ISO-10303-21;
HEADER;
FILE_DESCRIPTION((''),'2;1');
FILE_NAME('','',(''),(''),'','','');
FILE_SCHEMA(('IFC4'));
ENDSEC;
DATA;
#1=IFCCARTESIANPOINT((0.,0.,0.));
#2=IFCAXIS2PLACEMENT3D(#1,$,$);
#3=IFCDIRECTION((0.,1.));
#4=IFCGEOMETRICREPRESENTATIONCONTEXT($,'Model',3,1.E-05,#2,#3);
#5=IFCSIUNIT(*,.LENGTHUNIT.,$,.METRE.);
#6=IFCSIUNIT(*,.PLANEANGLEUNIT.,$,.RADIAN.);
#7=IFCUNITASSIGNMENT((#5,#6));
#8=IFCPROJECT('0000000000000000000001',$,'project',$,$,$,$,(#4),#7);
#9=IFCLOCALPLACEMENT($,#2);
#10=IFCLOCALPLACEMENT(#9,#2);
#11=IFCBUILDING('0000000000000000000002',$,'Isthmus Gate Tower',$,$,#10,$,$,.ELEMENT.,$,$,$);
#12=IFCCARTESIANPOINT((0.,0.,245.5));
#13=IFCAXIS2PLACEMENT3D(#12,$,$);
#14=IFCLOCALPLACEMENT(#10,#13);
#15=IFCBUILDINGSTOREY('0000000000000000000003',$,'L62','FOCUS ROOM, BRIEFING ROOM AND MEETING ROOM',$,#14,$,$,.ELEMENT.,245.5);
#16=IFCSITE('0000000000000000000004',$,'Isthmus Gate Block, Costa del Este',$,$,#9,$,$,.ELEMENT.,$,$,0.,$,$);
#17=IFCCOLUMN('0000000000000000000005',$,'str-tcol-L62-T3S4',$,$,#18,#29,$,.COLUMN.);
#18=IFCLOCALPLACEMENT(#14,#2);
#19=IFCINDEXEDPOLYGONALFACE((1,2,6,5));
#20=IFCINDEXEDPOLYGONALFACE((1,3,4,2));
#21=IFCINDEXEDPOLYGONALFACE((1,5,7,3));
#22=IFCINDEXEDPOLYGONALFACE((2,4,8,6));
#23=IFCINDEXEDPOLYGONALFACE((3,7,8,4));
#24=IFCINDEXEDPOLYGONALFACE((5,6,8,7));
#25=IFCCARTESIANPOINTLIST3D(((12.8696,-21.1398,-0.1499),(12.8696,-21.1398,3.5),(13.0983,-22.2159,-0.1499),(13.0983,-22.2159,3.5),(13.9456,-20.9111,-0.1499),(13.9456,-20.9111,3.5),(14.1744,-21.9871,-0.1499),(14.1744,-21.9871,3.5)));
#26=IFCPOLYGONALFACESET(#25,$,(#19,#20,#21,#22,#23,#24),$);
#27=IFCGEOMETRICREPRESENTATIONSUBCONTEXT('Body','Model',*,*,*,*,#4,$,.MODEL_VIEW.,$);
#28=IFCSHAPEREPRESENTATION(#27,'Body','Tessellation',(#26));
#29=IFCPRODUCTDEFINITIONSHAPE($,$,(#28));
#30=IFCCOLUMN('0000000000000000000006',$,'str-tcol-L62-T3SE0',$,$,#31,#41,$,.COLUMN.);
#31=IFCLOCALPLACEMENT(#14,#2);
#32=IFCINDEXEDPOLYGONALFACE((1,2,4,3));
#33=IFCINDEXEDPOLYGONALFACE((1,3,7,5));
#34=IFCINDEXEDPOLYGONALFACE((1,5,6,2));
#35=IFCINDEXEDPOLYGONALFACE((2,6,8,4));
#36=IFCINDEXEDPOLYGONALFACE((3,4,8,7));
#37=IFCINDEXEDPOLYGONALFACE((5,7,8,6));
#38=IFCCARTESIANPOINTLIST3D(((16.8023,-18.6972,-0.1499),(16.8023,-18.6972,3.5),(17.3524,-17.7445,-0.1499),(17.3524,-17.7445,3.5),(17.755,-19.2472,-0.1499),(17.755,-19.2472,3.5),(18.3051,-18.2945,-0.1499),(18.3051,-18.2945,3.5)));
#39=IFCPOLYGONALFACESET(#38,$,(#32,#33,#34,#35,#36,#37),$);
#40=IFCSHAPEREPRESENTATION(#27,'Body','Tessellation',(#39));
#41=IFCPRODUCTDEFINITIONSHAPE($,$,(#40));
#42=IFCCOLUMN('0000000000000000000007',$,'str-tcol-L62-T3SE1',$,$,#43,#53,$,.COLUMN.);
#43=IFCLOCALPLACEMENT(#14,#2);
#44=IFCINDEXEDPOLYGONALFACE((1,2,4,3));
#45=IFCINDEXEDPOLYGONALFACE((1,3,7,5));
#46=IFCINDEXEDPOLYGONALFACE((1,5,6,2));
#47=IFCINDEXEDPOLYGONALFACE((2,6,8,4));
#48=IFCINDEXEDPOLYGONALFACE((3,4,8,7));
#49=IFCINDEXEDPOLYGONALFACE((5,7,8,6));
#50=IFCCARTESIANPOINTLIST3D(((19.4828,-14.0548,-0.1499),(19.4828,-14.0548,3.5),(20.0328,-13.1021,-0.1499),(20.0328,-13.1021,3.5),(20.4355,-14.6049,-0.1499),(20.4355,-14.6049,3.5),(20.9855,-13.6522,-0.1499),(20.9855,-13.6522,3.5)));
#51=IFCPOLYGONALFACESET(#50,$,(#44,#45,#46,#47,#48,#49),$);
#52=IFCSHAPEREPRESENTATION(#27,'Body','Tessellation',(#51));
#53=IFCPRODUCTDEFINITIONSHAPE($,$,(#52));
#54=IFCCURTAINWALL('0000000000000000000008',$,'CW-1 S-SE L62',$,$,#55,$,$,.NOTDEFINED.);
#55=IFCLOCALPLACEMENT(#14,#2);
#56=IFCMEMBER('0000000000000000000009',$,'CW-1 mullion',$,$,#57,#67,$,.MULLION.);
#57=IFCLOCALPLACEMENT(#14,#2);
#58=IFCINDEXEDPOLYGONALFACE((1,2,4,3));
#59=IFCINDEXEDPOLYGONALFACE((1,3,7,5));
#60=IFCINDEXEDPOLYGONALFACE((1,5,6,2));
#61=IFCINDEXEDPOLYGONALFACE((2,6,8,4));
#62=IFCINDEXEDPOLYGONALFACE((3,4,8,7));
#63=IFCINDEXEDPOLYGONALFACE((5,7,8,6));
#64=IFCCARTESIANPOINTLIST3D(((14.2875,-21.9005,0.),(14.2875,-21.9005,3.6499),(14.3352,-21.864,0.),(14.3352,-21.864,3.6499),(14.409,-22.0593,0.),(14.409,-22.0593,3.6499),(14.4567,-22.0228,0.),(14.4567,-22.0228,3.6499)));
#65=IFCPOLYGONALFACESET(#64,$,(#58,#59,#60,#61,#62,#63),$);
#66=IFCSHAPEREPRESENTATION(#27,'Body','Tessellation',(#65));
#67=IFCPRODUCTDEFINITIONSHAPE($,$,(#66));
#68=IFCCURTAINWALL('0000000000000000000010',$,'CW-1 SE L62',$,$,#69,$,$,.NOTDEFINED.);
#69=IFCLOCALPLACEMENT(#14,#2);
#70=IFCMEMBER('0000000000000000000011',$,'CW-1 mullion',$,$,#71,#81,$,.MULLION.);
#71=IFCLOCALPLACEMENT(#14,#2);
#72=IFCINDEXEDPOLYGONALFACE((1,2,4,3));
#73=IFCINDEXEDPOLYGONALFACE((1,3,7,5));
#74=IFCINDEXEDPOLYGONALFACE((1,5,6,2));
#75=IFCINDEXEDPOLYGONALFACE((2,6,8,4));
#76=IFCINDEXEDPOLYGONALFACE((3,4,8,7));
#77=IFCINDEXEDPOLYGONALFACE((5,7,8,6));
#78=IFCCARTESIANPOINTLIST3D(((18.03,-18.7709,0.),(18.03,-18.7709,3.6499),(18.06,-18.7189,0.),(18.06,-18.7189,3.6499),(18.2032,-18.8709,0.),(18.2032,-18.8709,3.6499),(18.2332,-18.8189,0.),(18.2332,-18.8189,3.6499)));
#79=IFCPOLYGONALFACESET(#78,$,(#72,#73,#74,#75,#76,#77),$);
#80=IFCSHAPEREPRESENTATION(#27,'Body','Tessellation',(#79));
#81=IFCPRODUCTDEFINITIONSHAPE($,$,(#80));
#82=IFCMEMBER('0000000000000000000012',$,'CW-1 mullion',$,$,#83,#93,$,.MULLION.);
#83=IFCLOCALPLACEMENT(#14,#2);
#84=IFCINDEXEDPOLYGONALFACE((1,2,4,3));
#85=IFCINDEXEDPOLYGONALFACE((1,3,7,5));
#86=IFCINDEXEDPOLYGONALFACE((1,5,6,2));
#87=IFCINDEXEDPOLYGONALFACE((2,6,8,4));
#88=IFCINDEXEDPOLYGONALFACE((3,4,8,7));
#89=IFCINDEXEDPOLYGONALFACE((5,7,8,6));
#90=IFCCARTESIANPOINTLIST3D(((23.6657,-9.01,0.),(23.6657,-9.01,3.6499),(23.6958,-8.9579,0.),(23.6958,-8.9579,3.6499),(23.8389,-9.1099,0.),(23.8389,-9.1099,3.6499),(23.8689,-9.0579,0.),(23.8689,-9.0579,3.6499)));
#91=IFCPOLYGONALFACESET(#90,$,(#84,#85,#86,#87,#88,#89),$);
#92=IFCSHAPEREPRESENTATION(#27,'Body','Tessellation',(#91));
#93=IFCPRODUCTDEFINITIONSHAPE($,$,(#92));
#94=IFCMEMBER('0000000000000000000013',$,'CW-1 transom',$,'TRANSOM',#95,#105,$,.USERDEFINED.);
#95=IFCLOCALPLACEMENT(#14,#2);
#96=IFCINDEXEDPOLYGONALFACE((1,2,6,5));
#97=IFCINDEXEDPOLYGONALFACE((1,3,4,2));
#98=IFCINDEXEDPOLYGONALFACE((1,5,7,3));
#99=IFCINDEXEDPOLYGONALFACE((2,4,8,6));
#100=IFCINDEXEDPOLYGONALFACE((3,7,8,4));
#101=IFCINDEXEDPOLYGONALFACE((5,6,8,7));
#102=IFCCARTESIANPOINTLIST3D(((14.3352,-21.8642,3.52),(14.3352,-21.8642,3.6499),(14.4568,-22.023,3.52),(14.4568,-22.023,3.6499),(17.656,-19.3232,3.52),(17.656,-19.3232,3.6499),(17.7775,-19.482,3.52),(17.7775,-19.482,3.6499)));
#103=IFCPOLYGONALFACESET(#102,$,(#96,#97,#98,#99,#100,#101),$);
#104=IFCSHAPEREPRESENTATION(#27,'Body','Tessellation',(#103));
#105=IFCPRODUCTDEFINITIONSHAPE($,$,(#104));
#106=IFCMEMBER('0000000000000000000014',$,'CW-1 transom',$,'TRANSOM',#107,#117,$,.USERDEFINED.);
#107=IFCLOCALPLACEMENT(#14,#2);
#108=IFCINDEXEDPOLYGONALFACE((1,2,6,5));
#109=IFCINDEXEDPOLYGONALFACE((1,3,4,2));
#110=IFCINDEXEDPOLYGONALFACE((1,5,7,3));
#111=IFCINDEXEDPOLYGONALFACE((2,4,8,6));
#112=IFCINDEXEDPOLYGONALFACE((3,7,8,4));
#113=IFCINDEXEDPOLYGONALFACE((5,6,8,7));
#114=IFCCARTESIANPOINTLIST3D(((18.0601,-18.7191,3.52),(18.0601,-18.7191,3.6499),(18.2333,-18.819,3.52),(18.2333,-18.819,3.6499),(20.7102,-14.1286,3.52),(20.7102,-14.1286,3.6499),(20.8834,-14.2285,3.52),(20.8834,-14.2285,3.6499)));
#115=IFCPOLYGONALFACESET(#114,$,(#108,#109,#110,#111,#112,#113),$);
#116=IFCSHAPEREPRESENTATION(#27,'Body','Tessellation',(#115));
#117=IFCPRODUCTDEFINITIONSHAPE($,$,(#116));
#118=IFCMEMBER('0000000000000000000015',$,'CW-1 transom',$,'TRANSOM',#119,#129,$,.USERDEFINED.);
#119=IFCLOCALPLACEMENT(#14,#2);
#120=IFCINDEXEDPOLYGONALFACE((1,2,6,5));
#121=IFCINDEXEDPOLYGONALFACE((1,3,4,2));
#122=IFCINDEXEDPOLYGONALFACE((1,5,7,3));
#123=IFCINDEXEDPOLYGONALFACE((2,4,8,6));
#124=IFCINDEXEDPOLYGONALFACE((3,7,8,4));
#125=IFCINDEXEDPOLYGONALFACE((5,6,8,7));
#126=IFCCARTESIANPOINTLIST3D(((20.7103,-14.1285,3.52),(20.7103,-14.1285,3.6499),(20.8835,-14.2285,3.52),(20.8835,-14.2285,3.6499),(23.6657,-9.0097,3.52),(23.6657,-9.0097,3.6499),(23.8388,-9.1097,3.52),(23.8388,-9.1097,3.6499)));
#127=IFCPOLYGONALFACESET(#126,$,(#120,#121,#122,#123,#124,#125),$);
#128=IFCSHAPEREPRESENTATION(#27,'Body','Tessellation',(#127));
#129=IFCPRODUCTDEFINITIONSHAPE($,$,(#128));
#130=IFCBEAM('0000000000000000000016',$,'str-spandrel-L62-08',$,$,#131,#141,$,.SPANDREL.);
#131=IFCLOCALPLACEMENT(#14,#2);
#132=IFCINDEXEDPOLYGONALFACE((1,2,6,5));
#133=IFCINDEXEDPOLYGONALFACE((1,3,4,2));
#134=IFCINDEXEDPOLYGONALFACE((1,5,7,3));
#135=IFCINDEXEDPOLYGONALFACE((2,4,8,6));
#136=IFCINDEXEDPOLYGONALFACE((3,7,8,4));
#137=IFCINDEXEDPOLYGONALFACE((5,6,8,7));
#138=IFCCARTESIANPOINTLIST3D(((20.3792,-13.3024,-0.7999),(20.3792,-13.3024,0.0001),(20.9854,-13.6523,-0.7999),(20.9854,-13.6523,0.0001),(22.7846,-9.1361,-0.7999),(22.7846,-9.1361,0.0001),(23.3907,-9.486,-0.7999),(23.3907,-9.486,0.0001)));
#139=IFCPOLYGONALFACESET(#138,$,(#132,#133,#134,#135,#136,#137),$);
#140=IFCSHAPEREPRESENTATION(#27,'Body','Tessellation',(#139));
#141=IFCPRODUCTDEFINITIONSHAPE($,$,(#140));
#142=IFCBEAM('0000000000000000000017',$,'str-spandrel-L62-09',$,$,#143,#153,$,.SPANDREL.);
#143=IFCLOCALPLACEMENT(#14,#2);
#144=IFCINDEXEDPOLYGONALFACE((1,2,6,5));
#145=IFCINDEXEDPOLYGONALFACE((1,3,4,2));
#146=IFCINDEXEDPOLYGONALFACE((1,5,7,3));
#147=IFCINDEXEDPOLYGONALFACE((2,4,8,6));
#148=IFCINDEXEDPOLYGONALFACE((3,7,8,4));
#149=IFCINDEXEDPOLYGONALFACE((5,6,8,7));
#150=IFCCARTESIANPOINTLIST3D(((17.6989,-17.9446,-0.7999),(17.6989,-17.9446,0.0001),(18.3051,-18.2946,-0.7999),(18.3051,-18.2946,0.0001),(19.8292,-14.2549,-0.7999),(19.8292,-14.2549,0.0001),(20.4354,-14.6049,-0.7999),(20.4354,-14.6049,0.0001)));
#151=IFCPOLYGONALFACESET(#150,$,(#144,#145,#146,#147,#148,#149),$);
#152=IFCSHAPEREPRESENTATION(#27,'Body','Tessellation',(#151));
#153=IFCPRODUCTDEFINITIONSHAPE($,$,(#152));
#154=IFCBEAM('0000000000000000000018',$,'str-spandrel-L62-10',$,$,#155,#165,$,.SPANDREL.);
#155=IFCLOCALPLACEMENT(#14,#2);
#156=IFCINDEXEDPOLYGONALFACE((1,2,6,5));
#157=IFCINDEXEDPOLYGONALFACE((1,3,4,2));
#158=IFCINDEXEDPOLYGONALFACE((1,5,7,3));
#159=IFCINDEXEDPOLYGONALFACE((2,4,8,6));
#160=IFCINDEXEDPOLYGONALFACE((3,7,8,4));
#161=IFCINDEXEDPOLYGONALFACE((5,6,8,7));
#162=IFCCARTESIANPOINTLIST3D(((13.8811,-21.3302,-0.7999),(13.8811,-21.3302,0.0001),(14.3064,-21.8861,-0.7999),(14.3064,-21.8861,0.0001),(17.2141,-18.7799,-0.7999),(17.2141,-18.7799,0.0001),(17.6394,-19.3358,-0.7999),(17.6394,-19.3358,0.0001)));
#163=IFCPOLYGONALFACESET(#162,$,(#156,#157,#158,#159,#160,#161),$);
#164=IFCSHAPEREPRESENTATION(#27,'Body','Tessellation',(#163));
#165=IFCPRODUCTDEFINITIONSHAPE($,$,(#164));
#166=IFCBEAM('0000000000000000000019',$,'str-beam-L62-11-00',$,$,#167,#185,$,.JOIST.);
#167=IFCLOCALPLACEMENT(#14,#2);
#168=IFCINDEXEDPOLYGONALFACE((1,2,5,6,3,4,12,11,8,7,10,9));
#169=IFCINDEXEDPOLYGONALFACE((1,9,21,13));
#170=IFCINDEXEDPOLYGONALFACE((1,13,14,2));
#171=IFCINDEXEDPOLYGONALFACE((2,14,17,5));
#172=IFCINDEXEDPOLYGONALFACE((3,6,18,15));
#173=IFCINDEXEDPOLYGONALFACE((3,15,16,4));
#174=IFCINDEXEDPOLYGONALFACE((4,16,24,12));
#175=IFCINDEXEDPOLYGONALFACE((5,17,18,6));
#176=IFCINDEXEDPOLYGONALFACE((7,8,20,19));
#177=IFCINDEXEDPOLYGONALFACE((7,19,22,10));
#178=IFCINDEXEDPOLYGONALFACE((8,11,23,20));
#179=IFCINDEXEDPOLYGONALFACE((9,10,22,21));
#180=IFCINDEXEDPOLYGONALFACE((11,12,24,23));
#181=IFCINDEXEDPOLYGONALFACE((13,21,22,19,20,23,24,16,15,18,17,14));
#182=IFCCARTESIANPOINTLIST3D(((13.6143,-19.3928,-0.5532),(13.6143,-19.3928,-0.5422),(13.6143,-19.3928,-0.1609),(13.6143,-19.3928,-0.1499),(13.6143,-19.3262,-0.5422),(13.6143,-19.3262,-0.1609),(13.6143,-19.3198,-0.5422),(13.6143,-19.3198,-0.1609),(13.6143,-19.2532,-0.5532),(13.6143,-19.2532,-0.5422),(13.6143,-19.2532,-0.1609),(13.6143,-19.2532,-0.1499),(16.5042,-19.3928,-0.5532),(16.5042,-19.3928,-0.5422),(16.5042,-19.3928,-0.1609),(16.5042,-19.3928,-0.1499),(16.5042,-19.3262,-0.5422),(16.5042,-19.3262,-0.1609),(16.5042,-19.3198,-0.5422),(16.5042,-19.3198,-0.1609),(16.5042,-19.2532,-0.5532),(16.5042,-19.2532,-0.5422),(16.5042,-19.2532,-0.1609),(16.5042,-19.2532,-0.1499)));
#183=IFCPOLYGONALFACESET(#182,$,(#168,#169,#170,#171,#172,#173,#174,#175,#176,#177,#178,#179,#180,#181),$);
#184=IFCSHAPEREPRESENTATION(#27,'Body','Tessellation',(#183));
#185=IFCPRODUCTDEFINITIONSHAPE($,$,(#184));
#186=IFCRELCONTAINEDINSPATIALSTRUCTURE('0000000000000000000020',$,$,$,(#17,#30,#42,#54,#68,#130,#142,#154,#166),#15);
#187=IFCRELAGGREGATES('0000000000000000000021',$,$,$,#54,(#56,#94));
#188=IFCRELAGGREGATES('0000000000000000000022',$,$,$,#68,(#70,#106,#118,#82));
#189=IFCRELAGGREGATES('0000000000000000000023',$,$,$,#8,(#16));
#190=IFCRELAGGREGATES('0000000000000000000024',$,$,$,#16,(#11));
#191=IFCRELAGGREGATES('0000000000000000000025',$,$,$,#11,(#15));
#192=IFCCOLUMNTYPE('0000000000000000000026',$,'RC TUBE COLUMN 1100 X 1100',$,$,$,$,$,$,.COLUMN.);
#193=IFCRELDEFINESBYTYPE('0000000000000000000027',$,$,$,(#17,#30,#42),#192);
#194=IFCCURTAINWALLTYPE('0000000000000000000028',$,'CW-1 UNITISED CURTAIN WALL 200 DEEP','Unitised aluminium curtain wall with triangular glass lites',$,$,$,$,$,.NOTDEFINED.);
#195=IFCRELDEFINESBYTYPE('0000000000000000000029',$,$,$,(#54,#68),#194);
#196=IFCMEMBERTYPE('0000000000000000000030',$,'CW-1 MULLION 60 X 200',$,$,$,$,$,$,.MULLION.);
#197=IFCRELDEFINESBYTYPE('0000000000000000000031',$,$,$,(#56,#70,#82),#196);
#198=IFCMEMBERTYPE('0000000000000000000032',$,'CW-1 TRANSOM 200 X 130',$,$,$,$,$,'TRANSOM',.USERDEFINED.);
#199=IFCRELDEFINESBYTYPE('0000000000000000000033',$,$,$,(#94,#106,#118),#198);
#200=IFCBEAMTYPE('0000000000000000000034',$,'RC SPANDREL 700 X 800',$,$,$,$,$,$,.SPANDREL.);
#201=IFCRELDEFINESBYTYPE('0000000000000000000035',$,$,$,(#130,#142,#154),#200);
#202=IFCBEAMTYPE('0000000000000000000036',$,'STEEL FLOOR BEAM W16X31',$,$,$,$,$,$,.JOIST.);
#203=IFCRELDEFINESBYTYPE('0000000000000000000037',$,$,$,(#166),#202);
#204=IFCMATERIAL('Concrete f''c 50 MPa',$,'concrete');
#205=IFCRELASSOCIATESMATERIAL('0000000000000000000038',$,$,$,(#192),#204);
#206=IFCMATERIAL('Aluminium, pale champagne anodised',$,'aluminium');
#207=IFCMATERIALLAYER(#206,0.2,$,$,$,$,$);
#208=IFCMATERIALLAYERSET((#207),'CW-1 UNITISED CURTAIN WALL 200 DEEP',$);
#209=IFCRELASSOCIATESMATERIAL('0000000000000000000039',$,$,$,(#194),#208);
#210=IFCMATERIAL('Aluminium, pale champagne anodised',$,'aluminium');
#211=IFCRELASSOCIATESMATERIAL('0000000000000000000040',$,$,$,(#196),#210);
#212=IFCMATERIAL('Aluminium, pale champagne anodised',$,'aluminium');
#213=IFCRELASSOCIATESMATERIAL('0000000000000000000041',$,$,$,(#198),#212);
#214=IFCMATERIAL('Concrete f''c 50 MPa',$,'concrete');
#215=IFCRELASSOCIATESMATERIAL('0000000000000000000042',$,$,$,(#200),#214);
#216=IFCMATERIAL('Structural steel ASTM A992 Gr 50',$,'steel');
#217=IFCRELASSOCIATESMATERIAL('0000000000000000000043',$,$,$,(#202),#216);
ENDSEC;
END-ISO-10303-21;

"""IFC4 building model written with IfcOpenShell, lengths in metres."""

from ifc_helpers import new_model, si_unit, direction, frame, origin, origin_2d, place, context, subcontext, project, spatial, rectangle, i_section, extrude, material, layer, layer_set, material_profile, profile_set, type_object, element, aggregate, save


model = new_model("IFC4")

# Units and contexts
model_context = context("Model", 3, precision=1e-05, world=origin(), true_north=direction((0.0, 1.0)))
body_context = subcontext(model_context, "Body", "Model", "MODEL_VIEW")
ifc_project = project(units=[si_unit("LENGTHUNIT", "METRE"), si_unit("PLANEANGLEUNIT", "RADIAN")], contexts=[model_context])

# Site, building, storey
site_placement = place(None, origin())
site = spatial("IfcSite", under=ifc_project, at=site_placement, Name="Isthmus Gate Block, Costa del Este", CompositionType="ELEMENT", RefElevation=0.0)
building_placement = place(site_placement, origin())
building = spatial("IfcBuilding", under=site, at=building_placement, Name="Isthmus Gate Tower", CompositionType="ELEMENT")
storey_placement = place(building_placement, frame((0.0, 0.0, 245.5)))
storey = spatial("IfcBuildingStorey", under=building, at=storey_placement, Name="L62", Description="FOCUS ROOM, BRIEFING ROOM AND MEETING ROOM", CompositionType="ELEMENT", Elevation=245.5)

# Columns
ifc_material_1 = material(Name="Concrete f'c 50 MPa", Category="concrete")
ifc_material_profile_1 = material_profile(ifc_material_1, rectangle(XDim=1.1001, YDim=1.1001, at=origin_2d()), Name="RC 1100X1100")
ifc_profile_set_1 = profile_set([ifc_material_profile_1], Name="Concrete f'c 50 MPa")
column_type = type_object("IfcColumnType", Name="RC TUBE COLUMN 1100 X 1100", PredefinedType="COLUMN", material=ifc_profile_set_1)
for number, where, z_axis, x_axis, name in (
    (1, (13.522, -21.5635, -0.1499), (0.0, 0.0, 1.0), (0.978148, 0.207912, 0.0), "str-tcol-L62-T3S4"),
    (2, (17.5537, -18.4958, -0.1499), (0.0, 0.0, 1.0), (0.5, 0.866025, 0.0), "str-tcol-L62-T3SE0"),
    (3, (20.2341, -13.8535, -0.1499), (0.0, 0.0, 1.0), (0.5, 0.866025, 0.0), "str-tcol-L62-T3SE1"),
):
    element("IfcColumn", number, at=place(storey_placement, frame(where, z_axis=z_axis, x_axis=x_axis)), inside=storey, type_object=column_type, Name=name, PredefinedType="COLUMN", context=body_context, shape_type="SweptSolid", body=[
        extrude(rectangle(XDim=1.1001, YDim=1.1001, at=origin_2d()), origin(), (0.0, 0.0, 1.0), 3.6499),
    ])

# Curtain wall, member
ifc_material_2 = material(Name="Aluminium, pale champagne anodised", Category="aluminium")
ifc_layer_1 = layer(ifc_material_2, 0.2)
ifc_layer_set_1 = layer_set([ifc_layer_1], Name="CW-1 UNITISED CURTAIN WALL 200 DEEP")
curtain_wall_type = type_object("IfcCurtainWallType", Name="CW-1 UNITISED CURTAIN WALL 200 DEEP", Description="Unitised aluminium curtain wall with triangular glass lites", PredefinedType="NOTDEFINED", material=ifc_layer_set_1)
curtain_wall_1_placement = place(storey_placement, origin())
curtain_wall_1 = element("IfcCurtainWall", 4, at=curtain_wall_1_placement, inside=storey, type_object=curtain_wall_type, Name="CW-1 S-SE L62", PredefinedType="NOTDEFINED")
ifc_material_3 = material(Name="Aluminium, pale champagne anodised", Category="aluminium")
ifc_material_profile_2 = material_profile(ifc_material_3, rectangle(XDim=0.0601, YDim=0.2, at=origin_2d()), Name="60x200")
ifc_profile_set_2 = profile_set([ifc_material_profile_2], Name="Aluminium, pale champagne anodised")
member_type_1 = type_object("IfcMemberType", Name="CW-1 MULLION 60 X 200", PredefinedType="MULLION", material=ifc_profile_set_2)
member_1_placement = place(storey_placement, frame((14.3721, -21.9617, 0.0), z_axis=(0.0, 0.0, 1.0), x_axis=(0.794189, 0.607671, 0.0)))
member_1 = element("IfcMember", 5, at=member_1_placement, type_object=member_type_1, Name="CW-1 mullion", PredefinedType="MULLION", context=body_context, shape_type="SweptSolid", body=[
    extrude(rectangle(XDim=0.0601, YDim=0.2, at=origin_2d()), origin(), (0.0, 0.0, 1.0), 3.6499),
])

# Curtain wall, members
curtain_wall_2_placement = place(storey_placement, origin())
curtain_wall_2 = element("IfcCurtainWall", 6, at=curtain_wall_2_placement, inside=storey, type_object=curtain_wall_type, Name="CW-1 SE L62", PredefinedType="NOTDEFINED")
member_2_placement = place(storey_placement, frame((18.1316, -18.7949, 0.0), z_axis=(0.0, 0.0, 1.0), x_axis=(0.5, 0.866025, 0.0)))
member_2 = element("IfcMember", 7, at=member_2_placement, type_object=member_type_1, Name="CW-1 mullion", PredefinedType="MULLION", context=body_context, shape_type="SweptSolid", body=[
    extrude(rectangle(XDim=0.0601, YDim=0.2, at=origin_2d()), origin(), (0.0, 0.0, 1.0), 3.6499),
])
member_3_placement = place(storey_placement, frame((23.7673, -9.0339, 0.0), z_axis=(0.0, 0.0, 1.0), x_axis=(0.5, 0.866025, 0.0)))
member_3 = element("IfcMember", 8, at=member_3_placement, type_object=member_type_1, Name="CW-1 mullion", PredefinedType="MULLION", context=body_context, shape_type="SweptSolid", body=[
    extrude(rectangle(XDim=0.0601, YDim=0.2, at=origin_2d()), origin(), (0.0, 0.0, 1.0), 3.6499),
])

# Members
ifc_material_4 = material(Name="Aluminium, pale champagne anodised", Category="aluminium")
ifc_material_profile_3 = material_profile(ifc_material_4, rectangle(XDim=0.2, YDim=0.1299, at=origin_2d()), Name="200x130")
ifc_profile_set_3 = profile_set([ifc_material_profile_3], Name="Aluminium, pale champagne anodised")
member_type_2 = type_object("IfcMemberType", Name="CW-1 TRANSOM 200 X 130", ElementType="TRANSOM", PredefinedType="USERDEFINED", material=ifc_profile_set_3)
member_4_placement = place(storey_placement, frame((14.396, -21.9436, 3.585), z_axis=(0.794175, 0.607688, 0.0), x_axis=(-0.607688, 0.794175, 0.0)))
member_4 = element("IfcMember", 9, at=member_4_placement, type_object=member_type_2, Name="CW-1 transom", ObjectType="TRANSOM", PredefinedType="USERDEFINED", context=body_context, shape_type="SweptSolid", body=[
    extrude(rectangle(XDim=0.2, YDim=0.1299, at=origin_2d()), origin(), (0.0, 0.0, 1.0), 4.1814),
])
member_5_placement = place(storey_placement, frame((18.1467, -18.769, 3.585), z_axis=(0.499968, 0.866044, 0.0), x_axis=(-0.866044, 0.499968, 0.0)))
member_5 = element("IfcMember", 10, at=member_5_placement, type_object=member_type_2, Name="CW-1 transom", ObjectType="TRANSOM", PredefinedType="USERDEFINED", context=body_context, shape_type="SweptSolid", body=[
    extrude(rectangle(XDim=0.2, YDim=0.1299, at=origin_2d()), origin(), (0.0, 0.0, 1.0), 5.3005),
])
member_6_placement = place(storey_placement, frame((20.7969, -14.1785, 3.585), z_axis=(0.500008, 0.86602, 0.0), x_axis=(-0.86602, 0.500008, 0.0)))
member_6 = element("IfcMember", 11, at=member_6_placement, type_object=member_type_2, Name="CW-1 transom", ObjectType="TRANSOM", PredefinedType="USERDEFINED", context=body_context, shape_type="SweptSolid", body=[
    extrude(rectangle(XDim=0.2, YDim=0.1299, at=origin_2d()), origin(), (0.0, 0.0, 1.0), 5.9106),
])

# Beams
ifc_material_5 = material(Name="Concrete f'c 50 MPa", Category="concrete")
ifc_material_profile_4 = material_profile(ifc_material_5, rectangle(XDim=0.7, YDim=0.8, at=origin_2d()), Name="RC 700X800")
ifc_profile_set_4 = profile_set([ifc_material_profile_4], Name="Concrete f'c 50 MPa")
beam_type_1 = type_object("IfcBeamType", Name="RC SPANDREL 700 X 800", PredefinedType="SPANDREL", material=ifc_profile_set_4)
beam_1_placement = place(storey_placement, frame((23.0876, -9.311, -0.3999), z_axis=(-0.499982, -0.866036, 0.0), x_axis=(0.866036, -0.499982, 0.0)))
element("IfcBeam", 12, at=beam_1_placement, inside=storey, type_object=beam_type_1, Name="str-spandrel-L62-08", PredefinedType="SPANDREL", context=body_context, shape_type="SweptSolid", body=[
    extrude(rectangle(XDim=0.7, YDim=0.8, at=origin_2d()), origin(), (0.0, 0.0, 1.0), 4.8108),
])
beam_2_placement = place(storey_placement, frame((20.1323, -14.4299, -0.3999), z_axis=(-0.500022, -0.866013, 0.0), x_axis=(0.866013, -0.500022, 0.0)))
element("IfcBeam", 13, at=beam_2_placement, inside=storey, type_object=beam_type_1, Name="str-spandrel-L62-09", PredefinedType="SPANDREL", context=body_context, shape_type="SweptSolid", body=[
    extrude(rectangle(XDim=0.7, YDim=0.8, at=origin_2d()), origin(), (0.0, 0.0, 1.0), 4.2605),
])
beam_3_placement = place(storey_placement, frame((17.4268, -19.0579, -0.3999), z_axis=(-0.794183, -0.607679, 0.0), x_axis=(0.607679, -0.794183, 0.0)))
element("IfcBeam", 14, at=beam_3_placement, inside=storey, type_object=beam_type_1, Name="str-spandrel-L62-10", PredefinedType="SPANDREL", context=body_context, shape_type="SweptSolid", body=[
    extrude(rectangle(XDim=0.7, YDim=0.8, at=origin_2d()), origin(), (0.0, 0.0, 1.0), 4.1968),
])
ifc_material_6 = material(Name="Structural steel ASTM A992 Gr 50", Category="steel")
ifc_material_profile_5 = material_profile(ifc_material_6, i_section(OverallWidth=0.1396, OverallDepth=0.4033, WebThickness=0.0063, FlangeThickness=0.011, at=origin_2d()), Name="W16X31")
ifc_profile_set_5 = profile_set([ifc_material_profile_5], Name="Structural steel ASTM A992 Gr 50")
beam_type_2 = type_object("IfcBeamType", Name="STEEL FLOOR BEAM W16X31", PredefinedType="JOIST", material=ifc_profile_set_5)
beam_4_placement = place(storey_placement, frame((13.6143, -19.323, -0.3516), z_axis=(1.0, 0.0, 0.0), x_axis=(0.0, 1.0, 0.0)))
element("IfcBeam", 15, at=beam_4_placement, inside=storey, type_object=beam_type_2, Name="str-beam-L62-11-00", PredefinedType="JOIST", context=body_context, shape_type="SweptSolid", body=[
    extrude(i_section(OverallWidth=0.1396, OverallDepth=0.4033, WebThickness=0.0063, FlangeThickness=0.011, at=origin_2d()), origin(), (0.0, 0.0, 1.0), 2.8899),
])

aggregate(curtain_wall_1, [member_1, member_4])
aggregate(curtain_wall_2, [member_2, member_5, member_6, member_3])

save(model, "model.ifc")
